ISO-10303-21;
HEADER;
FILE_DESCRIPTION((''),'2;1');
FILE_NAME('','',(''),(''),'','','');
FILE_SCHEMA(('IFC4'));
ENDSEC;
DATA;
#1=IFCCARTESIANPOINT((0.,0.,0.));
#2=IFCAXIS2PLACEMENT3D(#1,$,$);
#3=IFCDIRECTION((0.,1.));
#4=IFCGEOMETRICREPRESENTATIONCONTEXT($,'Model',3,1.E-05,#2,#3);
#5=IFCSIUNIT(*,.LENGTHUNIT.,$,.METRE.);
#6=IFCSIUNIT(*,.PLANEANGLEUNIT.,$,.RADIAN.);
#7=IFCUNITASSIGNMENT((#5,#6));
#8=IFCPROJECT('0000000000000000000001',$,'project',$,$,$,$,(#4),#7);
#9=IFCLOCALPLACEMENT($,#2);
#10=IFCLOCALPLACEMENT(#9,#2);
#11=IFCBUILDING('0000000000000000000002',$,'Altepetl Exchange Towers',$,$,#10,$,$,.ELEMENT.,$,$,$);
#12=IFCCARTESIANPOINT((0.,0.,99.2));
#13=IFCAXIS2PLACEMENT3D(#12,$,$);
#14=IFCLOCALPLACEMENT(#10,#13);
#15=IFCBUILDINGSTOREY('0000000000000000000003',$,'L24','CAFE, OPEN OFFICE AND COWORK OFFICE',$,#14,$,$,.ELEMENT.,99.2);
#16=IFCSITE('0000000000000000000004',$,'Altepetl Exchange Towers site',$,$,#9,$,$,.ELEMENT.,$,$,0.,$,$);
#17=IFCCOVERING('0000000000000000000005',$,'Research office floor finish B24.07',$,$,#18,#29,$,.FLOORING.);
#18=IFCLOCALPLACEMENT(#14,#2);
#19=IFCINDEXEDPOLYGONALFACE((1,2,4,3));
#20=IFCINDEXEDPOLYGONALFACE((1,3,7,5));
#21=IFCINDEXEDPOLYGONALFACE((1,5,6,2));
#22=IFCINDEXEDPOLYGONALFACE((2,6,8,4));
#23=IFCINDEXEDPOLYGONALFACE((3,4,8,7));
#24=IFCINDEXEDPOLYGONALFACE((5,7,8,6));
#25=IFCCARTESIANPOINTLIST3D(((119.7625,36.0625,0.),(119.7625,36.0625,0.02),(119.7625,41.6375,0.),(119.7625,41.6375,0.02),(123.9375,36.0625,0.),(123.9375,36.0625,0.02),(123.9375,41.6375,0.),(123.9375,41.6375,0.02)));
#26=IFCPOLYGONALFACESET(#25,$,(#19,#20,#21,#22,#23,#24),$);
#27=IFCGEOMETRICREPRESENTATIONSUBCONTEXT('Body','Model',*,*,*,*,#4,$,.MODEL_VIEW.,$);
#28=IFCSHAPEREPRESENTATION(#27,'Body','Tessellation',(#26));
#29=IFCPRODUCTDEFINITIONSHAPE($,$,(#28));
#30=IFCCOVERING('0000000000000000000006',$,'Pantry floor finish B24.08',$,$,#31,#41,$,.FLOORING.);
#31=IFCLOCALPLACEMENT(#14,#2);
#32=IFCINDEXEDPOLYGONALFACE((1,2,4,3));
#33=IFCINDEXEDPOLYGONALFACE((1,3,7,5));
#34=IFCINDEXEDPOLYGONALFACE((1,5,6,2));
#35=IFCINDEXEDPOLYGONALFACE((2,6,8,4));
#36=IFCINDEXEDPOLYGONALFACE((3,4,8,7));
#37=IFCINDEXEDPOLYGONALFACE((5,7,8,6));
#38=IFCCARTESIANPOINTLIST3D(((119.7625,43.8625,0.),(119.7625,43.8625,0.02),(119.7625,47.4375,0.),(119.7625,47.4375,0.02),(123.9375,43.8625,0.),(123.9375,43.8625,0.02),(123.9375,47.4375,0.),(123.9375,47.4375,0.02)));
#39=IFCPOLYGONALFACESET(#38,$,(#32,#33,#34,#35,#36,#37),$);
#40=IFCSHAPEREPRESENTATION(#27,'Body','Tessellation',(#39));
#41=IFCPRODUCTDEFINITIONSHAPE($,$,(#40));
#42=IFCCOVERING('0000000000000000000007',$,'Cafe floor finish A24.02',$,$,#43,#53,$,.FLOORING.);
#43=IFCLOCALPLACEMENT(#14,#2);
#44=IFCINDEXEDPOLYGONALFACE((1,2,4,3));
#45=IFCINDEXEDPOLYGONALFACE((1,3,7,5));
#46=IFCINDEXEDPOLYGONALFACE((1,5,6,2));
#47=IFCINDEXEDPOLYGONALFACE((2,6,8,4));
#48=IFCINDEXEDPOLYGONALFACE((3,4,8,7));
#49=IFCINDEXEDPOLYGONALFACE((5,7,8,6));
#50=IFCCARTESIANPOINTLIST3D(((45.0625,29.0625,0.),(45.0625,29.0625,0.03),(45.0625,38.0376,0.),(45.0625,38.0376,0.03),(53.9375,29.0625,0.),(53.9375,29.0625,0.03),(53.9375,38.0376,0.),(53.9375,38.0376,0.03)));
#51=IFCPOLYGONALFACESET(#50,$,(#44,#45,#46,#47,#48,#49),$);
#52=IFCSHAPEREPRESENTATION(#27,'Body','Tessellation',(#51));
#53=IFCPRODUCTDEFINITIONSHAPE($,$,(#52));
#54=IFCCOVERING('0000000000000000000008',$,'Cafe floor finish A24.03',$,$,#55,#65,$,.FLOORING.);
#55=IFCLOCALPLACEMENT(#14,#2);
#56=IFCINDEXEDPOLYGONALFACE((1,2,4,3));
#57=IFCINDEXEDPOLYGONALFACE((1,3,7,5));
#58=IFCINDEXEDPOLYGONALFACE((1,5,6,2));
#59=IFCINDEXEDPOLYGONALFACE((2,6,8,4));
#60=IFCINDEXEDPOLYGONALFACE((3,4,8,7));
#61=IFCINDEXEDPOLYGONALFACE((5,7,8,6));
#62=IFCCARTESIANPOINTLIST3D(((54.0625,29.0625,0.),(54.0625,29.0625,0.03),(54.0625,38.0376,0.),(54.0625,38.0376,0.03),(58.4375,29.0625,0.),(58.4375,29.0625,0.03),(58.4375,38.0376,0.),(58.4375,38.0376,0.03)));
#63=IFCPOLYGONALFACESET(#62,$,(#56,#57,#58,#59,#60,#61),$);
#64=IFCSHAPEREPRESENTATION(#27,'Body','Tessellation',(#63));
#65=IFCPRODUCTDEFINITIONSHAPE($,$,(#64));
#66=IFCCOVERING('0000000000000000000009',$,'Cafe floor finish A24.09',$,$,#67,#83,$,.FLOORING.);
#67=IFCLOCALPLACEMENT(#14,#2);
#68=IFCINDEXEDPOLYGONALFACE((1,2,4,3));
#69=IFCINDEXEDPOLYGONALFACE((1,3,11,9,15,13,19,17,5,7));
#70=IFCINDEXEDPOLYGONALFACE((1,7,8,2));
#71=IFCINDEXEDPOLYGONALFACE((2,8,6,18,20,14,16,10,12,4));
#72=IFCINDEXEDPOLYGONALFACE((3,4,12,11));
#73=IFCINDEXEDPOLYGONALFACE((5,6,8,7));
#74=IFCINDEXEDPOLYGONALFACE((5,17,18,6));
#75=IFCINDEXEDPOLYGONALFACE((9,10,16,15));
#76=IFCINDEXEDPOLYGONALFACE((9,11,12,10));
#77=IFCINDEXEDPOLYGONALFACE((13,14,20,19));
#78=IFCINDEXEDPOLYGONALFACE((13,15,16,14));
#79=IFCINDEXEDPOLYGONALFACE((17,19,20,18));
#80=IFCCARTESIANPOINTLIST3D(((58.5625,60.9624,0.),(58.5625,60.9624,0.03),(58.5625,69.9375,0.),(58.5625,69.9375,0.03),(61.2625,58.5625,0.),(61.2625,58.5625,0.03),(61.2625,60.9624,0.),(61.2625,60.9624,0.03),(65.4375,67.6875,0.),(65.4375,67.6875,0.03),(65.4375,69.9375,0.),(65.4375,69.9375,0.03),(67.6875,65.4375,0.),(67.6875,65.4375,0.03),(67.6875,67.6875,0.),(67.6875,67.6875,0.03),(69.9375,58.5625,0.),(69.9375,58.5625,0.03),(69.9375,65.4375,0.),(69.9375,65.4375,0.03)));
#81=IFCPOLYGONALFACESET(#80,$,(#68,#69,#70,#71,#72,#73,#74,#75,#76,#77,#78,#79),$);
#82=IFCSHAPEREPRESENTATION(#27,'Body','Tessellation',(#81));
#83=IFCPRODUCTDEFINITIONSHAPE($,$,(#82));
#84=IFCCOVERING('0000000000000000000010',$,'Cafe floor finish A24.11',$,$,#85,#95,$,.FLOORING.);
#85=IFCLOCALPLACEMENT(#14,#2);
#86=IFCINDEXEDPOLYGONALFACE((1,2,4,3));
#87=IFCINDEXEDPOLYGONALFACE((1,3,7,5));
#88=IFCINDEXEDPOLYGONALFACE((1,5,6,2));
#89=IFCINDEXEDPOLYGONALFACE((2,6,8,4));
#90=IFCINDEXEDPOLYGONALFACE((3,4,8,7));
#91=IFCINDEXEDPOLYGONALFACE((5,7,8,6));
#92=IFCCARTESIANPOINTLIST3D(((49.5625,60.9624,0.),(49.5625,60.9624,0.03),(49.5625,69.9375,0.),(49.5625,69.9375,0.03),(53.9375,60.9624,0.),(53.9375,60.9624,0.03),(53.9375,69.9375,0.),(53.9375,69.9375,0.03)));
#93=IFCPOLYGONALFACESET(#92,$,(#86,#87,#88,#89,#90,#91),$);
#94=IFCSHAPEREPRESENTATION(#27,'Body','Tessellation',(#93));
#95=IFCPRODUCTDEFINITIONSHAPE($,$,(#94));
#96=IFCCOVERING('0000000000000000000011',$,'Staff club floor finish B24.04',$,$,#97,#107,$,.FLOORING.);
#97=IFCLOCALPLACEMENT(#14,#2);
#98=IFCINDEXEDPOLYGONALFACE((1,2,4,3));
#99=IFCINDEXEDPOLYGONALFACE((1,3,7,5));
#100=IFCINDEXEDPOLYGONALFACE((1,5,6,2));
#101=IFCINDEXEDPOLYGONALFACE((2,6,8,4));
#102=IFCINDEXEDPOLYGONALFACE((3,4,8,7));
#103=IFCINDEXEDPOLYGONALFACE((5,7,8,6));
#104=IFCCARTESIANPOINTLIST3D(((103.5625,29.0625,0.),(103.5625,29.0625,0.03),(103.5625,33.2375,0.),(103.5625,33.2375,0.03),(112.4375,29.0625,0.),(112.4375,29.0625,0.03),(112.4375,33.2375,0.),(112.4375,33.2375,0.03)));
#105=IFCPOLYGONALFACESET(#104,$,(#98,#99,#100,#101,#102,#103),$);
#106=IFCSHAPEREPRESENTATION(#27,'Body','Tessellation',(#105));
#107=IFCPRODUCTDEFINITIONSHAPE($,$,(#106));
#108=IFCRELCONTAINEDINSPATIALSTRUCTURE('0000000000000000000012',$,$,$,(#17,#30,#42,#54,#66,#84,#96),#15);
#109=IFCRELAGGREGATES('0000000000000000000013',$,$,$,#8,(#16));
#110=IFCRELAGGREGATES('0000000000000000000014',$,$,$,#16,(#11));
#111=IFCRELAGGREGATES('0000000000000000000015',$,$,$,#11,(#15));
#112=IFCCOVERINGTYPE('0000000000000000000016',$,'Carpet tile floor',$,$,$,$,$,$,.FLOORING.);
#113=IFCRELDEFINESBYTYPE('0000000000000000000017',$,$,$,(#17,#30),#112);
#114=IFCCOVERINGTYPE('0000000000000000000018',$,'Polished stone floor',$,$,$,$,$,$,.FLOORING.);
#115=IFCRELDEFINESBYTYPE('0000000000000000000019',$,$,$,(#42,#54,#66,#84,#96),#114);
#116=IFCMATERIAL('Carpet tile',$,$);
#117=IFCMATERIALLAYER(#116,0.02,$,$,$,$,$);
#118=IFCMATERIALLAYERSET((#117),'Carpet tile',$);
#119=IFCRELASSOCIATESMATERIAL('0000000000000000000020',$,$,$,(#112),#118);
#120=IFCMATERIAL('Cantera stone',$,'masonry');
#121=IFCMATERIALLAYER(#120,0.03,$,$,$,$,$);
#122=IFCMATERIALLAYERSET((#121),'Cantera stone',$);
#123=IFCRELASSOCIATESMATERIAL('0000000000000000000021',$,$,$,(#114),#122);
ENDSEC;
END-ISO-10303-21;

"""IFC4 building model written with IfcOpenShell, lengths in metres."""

from ifc_helpers import new_model, si_unit, direction, frame, origin, place, context, subcontext, project, spatial, polyline, outline, extrude, material, layer, layer_set, type_object, element, save


model = new_model("IFC4")

# Units and contexts
model_context = context("Model", 3, precision=1e-05, world=origin(), true_north=direction((0.0, 1.0)))
body_context = subcontext(model_context, "Body", "Model", "MODEL_VIEW")
ifc_project = project(units=[si_unit("LENGTHUNIT", "METRE"), si_unit("PLANEANGLEUNIT", "RADIAN")], contexts=[model_context])

# Site, building, storey
site_placement = place(None, origin())
site = spatial("IfcSite", under=ifc_project, at=site_placement, Name="Altepetl Exchange Towers site", CompositionType="ELEMENT", RefElevation=0.0)
building_placement = place(site_placement, origin())
building = spatial("IfcBuilding", under=site, at=building_placement, Name="Altepetl Exchange Towers", CompositionType="ELEMENT")
storey_placement = place(building_placement, frame((0.0, 0.0, 99.2)))
storey = spatial("IfcBuildingStorey", under=building, at=storey_placement, Name="L24", Description="CAFE, OPEN OFFICE AND COWORK OFFICE", CompositionType="ELEMENT", Elevation=99.2)

# Coverings
ifc_material_1 = material(Name="Carpet tile")
ifc_layer_1 = layer(ifc_material_1, 0.02)
ifc_layer_set_1 = layer_set([ifc_layer_1], Name="Carpet tile")
covering_type_1 = type_object("IfcCoveringType", Name="Carpet tile floor", PredefinedType="FLOORING", material=ifc_layer_set_1)
covering_1_placement = place(storey_placement, origin())
element("IfcCovering", 1, at=covering_1_placement, inside=storey, type_object=covering_type_1, Name="Research office floor finish B24.07", PredefinedType="FLOORING", context=body_context, shape_type="SweptSolid", body=[
    extrude(outline(polyline([(119.7625, 41.6375), (119.7625, 36.0625), (123.9375, 36.0625), (123.9375, 41.6375), (119.7625, 41.6375)])), origin(), (0.0, 0.0, 1.0), 0.02),
])
covering_2_placement = place(storey_placement, origin())
element("IfcCovering", 2, at=covering_2_placement, inside=storey, type_object=covering_type_1, Name="Pantry floor finish B24.08", PredefinedType="FLOORING", context=body_context, shape_type="SweptSolid", body=[
    extrude(outline(polyline([(119.7625, 47.4375), (119.7625, 43.8625), (123.9375, 43.8625), (123.9375, 47.4375), (119.7625, 47.4375)])), origin(), (0.0, 0.0, 1.0), 0.02),
])
ifc_material_2 = material(Name="Cantera stone", Category="masonry")
ifc_layer_2 = layer(ifc_material_2, 0.03)
ifc_layer_set_2 = layer_set([ifc_layer_2], Name="Cantera stone")
covering_type_2 = type_object("IfcCoveringType", Name="Polished stone floor", PredefinedType="FLOORING", material=ifc_layer_set_2)
covering_3_placement = place(storey_placement, origin())
element("IfcCovering", 3, at=covering_3_placement, inside=storey, type_object=covering_type_2, Name="Cafe floor finish A24.02", PredefinedType="FLOORING", context=body_context, shape_type="SweptSolid", body=[
    extrude(outline(polyline([(45.0625, 38.0376), (45.0625, 29.0625), (53.9375, 29.0625), (53.9375, 38.0376), (45.0625, 38.0376)])), origin(), (0.0, 0.0, 1.0), 0.03),
])
covering_4_placement = place(storey_placement, origin())
element("IfcCovering", 4, at=covering_4_placement, inside=storey, type_object=covering_type_2, Name="Cafe floor finish A24.03", PredefinedType="FLOORING", context=body_context, shape_type="SweptSolid", body=[
    extrude(outline(polyline([(54.0625, 38.0376), (54.0625, 29.0625), (58.4375, 29.0625), (58.4375, 38.0376), (54.0625, 38.0376)])), origin(), (0.0, 0.0, 1.0), 0.03),
])
covering_5_placement = place(storey_placement, origin())
element("IfcCovering", 5, at=covering_5_placement, inside=storey, type_object=covering_type_2, Name="Cafe floor finish A24.09", PredefinedType="FLOORING", context=body_context, shape_type="SweptSolid", body=[
    extrude(outline(polyline([(65.4375, 69.9375), (58.5625, 69.9375), (58.5625, 60.9624), (61.2625, 60.9624), (61.2625, 58.5625), (69.9375, 58.5625), (69.9375, 65.4375), (67.6875, 65.4375), (67.6875, 67.6875), (65.4375, 67.6875), (65.4375, 69.9375)])), origin(), (0.0, 0.0, 1.0), 0.03),
])
covering_6_placement = place(storey_placement, origin())
element("IfcCovering", 6, at=covering_6_placement, inside=storey, type_object=covering_type_2, Name="Cafe floor finish A24.11", PredefinedType="FLOORING", context=body_context, shape_type="SweptSolid", body=[
    extrude(outline(polyline([(53.9375, 60.9624), (53.9375, 69.9375), (49.5625, 69.9375), (49.5625, 60.9624), (53.9375, 60.9624)])), origin(), (0.0, 0.0, 1.0), 0.03),
])
covering_7_placement = place(storey_placement, origin())
element("IfcCovering", 7, at=covering_7_placement, inside=storey, type_object=covering_type_2, Name="Staff club floor finish B24.04", PredefinedType="FLOORING", context=body_context, shape_type="SweptSolid", body=[
    extrude(outline(polyline([(103.5625, 33.2375), (103.5625, 29.0625), (112.4375, 29.0625), (112.4375, 33.2375), (103.5625, 33.2375)])), origin(), (0.0, 0.0, 1.0), 0.03),
])

save(model, "model.ifc")
